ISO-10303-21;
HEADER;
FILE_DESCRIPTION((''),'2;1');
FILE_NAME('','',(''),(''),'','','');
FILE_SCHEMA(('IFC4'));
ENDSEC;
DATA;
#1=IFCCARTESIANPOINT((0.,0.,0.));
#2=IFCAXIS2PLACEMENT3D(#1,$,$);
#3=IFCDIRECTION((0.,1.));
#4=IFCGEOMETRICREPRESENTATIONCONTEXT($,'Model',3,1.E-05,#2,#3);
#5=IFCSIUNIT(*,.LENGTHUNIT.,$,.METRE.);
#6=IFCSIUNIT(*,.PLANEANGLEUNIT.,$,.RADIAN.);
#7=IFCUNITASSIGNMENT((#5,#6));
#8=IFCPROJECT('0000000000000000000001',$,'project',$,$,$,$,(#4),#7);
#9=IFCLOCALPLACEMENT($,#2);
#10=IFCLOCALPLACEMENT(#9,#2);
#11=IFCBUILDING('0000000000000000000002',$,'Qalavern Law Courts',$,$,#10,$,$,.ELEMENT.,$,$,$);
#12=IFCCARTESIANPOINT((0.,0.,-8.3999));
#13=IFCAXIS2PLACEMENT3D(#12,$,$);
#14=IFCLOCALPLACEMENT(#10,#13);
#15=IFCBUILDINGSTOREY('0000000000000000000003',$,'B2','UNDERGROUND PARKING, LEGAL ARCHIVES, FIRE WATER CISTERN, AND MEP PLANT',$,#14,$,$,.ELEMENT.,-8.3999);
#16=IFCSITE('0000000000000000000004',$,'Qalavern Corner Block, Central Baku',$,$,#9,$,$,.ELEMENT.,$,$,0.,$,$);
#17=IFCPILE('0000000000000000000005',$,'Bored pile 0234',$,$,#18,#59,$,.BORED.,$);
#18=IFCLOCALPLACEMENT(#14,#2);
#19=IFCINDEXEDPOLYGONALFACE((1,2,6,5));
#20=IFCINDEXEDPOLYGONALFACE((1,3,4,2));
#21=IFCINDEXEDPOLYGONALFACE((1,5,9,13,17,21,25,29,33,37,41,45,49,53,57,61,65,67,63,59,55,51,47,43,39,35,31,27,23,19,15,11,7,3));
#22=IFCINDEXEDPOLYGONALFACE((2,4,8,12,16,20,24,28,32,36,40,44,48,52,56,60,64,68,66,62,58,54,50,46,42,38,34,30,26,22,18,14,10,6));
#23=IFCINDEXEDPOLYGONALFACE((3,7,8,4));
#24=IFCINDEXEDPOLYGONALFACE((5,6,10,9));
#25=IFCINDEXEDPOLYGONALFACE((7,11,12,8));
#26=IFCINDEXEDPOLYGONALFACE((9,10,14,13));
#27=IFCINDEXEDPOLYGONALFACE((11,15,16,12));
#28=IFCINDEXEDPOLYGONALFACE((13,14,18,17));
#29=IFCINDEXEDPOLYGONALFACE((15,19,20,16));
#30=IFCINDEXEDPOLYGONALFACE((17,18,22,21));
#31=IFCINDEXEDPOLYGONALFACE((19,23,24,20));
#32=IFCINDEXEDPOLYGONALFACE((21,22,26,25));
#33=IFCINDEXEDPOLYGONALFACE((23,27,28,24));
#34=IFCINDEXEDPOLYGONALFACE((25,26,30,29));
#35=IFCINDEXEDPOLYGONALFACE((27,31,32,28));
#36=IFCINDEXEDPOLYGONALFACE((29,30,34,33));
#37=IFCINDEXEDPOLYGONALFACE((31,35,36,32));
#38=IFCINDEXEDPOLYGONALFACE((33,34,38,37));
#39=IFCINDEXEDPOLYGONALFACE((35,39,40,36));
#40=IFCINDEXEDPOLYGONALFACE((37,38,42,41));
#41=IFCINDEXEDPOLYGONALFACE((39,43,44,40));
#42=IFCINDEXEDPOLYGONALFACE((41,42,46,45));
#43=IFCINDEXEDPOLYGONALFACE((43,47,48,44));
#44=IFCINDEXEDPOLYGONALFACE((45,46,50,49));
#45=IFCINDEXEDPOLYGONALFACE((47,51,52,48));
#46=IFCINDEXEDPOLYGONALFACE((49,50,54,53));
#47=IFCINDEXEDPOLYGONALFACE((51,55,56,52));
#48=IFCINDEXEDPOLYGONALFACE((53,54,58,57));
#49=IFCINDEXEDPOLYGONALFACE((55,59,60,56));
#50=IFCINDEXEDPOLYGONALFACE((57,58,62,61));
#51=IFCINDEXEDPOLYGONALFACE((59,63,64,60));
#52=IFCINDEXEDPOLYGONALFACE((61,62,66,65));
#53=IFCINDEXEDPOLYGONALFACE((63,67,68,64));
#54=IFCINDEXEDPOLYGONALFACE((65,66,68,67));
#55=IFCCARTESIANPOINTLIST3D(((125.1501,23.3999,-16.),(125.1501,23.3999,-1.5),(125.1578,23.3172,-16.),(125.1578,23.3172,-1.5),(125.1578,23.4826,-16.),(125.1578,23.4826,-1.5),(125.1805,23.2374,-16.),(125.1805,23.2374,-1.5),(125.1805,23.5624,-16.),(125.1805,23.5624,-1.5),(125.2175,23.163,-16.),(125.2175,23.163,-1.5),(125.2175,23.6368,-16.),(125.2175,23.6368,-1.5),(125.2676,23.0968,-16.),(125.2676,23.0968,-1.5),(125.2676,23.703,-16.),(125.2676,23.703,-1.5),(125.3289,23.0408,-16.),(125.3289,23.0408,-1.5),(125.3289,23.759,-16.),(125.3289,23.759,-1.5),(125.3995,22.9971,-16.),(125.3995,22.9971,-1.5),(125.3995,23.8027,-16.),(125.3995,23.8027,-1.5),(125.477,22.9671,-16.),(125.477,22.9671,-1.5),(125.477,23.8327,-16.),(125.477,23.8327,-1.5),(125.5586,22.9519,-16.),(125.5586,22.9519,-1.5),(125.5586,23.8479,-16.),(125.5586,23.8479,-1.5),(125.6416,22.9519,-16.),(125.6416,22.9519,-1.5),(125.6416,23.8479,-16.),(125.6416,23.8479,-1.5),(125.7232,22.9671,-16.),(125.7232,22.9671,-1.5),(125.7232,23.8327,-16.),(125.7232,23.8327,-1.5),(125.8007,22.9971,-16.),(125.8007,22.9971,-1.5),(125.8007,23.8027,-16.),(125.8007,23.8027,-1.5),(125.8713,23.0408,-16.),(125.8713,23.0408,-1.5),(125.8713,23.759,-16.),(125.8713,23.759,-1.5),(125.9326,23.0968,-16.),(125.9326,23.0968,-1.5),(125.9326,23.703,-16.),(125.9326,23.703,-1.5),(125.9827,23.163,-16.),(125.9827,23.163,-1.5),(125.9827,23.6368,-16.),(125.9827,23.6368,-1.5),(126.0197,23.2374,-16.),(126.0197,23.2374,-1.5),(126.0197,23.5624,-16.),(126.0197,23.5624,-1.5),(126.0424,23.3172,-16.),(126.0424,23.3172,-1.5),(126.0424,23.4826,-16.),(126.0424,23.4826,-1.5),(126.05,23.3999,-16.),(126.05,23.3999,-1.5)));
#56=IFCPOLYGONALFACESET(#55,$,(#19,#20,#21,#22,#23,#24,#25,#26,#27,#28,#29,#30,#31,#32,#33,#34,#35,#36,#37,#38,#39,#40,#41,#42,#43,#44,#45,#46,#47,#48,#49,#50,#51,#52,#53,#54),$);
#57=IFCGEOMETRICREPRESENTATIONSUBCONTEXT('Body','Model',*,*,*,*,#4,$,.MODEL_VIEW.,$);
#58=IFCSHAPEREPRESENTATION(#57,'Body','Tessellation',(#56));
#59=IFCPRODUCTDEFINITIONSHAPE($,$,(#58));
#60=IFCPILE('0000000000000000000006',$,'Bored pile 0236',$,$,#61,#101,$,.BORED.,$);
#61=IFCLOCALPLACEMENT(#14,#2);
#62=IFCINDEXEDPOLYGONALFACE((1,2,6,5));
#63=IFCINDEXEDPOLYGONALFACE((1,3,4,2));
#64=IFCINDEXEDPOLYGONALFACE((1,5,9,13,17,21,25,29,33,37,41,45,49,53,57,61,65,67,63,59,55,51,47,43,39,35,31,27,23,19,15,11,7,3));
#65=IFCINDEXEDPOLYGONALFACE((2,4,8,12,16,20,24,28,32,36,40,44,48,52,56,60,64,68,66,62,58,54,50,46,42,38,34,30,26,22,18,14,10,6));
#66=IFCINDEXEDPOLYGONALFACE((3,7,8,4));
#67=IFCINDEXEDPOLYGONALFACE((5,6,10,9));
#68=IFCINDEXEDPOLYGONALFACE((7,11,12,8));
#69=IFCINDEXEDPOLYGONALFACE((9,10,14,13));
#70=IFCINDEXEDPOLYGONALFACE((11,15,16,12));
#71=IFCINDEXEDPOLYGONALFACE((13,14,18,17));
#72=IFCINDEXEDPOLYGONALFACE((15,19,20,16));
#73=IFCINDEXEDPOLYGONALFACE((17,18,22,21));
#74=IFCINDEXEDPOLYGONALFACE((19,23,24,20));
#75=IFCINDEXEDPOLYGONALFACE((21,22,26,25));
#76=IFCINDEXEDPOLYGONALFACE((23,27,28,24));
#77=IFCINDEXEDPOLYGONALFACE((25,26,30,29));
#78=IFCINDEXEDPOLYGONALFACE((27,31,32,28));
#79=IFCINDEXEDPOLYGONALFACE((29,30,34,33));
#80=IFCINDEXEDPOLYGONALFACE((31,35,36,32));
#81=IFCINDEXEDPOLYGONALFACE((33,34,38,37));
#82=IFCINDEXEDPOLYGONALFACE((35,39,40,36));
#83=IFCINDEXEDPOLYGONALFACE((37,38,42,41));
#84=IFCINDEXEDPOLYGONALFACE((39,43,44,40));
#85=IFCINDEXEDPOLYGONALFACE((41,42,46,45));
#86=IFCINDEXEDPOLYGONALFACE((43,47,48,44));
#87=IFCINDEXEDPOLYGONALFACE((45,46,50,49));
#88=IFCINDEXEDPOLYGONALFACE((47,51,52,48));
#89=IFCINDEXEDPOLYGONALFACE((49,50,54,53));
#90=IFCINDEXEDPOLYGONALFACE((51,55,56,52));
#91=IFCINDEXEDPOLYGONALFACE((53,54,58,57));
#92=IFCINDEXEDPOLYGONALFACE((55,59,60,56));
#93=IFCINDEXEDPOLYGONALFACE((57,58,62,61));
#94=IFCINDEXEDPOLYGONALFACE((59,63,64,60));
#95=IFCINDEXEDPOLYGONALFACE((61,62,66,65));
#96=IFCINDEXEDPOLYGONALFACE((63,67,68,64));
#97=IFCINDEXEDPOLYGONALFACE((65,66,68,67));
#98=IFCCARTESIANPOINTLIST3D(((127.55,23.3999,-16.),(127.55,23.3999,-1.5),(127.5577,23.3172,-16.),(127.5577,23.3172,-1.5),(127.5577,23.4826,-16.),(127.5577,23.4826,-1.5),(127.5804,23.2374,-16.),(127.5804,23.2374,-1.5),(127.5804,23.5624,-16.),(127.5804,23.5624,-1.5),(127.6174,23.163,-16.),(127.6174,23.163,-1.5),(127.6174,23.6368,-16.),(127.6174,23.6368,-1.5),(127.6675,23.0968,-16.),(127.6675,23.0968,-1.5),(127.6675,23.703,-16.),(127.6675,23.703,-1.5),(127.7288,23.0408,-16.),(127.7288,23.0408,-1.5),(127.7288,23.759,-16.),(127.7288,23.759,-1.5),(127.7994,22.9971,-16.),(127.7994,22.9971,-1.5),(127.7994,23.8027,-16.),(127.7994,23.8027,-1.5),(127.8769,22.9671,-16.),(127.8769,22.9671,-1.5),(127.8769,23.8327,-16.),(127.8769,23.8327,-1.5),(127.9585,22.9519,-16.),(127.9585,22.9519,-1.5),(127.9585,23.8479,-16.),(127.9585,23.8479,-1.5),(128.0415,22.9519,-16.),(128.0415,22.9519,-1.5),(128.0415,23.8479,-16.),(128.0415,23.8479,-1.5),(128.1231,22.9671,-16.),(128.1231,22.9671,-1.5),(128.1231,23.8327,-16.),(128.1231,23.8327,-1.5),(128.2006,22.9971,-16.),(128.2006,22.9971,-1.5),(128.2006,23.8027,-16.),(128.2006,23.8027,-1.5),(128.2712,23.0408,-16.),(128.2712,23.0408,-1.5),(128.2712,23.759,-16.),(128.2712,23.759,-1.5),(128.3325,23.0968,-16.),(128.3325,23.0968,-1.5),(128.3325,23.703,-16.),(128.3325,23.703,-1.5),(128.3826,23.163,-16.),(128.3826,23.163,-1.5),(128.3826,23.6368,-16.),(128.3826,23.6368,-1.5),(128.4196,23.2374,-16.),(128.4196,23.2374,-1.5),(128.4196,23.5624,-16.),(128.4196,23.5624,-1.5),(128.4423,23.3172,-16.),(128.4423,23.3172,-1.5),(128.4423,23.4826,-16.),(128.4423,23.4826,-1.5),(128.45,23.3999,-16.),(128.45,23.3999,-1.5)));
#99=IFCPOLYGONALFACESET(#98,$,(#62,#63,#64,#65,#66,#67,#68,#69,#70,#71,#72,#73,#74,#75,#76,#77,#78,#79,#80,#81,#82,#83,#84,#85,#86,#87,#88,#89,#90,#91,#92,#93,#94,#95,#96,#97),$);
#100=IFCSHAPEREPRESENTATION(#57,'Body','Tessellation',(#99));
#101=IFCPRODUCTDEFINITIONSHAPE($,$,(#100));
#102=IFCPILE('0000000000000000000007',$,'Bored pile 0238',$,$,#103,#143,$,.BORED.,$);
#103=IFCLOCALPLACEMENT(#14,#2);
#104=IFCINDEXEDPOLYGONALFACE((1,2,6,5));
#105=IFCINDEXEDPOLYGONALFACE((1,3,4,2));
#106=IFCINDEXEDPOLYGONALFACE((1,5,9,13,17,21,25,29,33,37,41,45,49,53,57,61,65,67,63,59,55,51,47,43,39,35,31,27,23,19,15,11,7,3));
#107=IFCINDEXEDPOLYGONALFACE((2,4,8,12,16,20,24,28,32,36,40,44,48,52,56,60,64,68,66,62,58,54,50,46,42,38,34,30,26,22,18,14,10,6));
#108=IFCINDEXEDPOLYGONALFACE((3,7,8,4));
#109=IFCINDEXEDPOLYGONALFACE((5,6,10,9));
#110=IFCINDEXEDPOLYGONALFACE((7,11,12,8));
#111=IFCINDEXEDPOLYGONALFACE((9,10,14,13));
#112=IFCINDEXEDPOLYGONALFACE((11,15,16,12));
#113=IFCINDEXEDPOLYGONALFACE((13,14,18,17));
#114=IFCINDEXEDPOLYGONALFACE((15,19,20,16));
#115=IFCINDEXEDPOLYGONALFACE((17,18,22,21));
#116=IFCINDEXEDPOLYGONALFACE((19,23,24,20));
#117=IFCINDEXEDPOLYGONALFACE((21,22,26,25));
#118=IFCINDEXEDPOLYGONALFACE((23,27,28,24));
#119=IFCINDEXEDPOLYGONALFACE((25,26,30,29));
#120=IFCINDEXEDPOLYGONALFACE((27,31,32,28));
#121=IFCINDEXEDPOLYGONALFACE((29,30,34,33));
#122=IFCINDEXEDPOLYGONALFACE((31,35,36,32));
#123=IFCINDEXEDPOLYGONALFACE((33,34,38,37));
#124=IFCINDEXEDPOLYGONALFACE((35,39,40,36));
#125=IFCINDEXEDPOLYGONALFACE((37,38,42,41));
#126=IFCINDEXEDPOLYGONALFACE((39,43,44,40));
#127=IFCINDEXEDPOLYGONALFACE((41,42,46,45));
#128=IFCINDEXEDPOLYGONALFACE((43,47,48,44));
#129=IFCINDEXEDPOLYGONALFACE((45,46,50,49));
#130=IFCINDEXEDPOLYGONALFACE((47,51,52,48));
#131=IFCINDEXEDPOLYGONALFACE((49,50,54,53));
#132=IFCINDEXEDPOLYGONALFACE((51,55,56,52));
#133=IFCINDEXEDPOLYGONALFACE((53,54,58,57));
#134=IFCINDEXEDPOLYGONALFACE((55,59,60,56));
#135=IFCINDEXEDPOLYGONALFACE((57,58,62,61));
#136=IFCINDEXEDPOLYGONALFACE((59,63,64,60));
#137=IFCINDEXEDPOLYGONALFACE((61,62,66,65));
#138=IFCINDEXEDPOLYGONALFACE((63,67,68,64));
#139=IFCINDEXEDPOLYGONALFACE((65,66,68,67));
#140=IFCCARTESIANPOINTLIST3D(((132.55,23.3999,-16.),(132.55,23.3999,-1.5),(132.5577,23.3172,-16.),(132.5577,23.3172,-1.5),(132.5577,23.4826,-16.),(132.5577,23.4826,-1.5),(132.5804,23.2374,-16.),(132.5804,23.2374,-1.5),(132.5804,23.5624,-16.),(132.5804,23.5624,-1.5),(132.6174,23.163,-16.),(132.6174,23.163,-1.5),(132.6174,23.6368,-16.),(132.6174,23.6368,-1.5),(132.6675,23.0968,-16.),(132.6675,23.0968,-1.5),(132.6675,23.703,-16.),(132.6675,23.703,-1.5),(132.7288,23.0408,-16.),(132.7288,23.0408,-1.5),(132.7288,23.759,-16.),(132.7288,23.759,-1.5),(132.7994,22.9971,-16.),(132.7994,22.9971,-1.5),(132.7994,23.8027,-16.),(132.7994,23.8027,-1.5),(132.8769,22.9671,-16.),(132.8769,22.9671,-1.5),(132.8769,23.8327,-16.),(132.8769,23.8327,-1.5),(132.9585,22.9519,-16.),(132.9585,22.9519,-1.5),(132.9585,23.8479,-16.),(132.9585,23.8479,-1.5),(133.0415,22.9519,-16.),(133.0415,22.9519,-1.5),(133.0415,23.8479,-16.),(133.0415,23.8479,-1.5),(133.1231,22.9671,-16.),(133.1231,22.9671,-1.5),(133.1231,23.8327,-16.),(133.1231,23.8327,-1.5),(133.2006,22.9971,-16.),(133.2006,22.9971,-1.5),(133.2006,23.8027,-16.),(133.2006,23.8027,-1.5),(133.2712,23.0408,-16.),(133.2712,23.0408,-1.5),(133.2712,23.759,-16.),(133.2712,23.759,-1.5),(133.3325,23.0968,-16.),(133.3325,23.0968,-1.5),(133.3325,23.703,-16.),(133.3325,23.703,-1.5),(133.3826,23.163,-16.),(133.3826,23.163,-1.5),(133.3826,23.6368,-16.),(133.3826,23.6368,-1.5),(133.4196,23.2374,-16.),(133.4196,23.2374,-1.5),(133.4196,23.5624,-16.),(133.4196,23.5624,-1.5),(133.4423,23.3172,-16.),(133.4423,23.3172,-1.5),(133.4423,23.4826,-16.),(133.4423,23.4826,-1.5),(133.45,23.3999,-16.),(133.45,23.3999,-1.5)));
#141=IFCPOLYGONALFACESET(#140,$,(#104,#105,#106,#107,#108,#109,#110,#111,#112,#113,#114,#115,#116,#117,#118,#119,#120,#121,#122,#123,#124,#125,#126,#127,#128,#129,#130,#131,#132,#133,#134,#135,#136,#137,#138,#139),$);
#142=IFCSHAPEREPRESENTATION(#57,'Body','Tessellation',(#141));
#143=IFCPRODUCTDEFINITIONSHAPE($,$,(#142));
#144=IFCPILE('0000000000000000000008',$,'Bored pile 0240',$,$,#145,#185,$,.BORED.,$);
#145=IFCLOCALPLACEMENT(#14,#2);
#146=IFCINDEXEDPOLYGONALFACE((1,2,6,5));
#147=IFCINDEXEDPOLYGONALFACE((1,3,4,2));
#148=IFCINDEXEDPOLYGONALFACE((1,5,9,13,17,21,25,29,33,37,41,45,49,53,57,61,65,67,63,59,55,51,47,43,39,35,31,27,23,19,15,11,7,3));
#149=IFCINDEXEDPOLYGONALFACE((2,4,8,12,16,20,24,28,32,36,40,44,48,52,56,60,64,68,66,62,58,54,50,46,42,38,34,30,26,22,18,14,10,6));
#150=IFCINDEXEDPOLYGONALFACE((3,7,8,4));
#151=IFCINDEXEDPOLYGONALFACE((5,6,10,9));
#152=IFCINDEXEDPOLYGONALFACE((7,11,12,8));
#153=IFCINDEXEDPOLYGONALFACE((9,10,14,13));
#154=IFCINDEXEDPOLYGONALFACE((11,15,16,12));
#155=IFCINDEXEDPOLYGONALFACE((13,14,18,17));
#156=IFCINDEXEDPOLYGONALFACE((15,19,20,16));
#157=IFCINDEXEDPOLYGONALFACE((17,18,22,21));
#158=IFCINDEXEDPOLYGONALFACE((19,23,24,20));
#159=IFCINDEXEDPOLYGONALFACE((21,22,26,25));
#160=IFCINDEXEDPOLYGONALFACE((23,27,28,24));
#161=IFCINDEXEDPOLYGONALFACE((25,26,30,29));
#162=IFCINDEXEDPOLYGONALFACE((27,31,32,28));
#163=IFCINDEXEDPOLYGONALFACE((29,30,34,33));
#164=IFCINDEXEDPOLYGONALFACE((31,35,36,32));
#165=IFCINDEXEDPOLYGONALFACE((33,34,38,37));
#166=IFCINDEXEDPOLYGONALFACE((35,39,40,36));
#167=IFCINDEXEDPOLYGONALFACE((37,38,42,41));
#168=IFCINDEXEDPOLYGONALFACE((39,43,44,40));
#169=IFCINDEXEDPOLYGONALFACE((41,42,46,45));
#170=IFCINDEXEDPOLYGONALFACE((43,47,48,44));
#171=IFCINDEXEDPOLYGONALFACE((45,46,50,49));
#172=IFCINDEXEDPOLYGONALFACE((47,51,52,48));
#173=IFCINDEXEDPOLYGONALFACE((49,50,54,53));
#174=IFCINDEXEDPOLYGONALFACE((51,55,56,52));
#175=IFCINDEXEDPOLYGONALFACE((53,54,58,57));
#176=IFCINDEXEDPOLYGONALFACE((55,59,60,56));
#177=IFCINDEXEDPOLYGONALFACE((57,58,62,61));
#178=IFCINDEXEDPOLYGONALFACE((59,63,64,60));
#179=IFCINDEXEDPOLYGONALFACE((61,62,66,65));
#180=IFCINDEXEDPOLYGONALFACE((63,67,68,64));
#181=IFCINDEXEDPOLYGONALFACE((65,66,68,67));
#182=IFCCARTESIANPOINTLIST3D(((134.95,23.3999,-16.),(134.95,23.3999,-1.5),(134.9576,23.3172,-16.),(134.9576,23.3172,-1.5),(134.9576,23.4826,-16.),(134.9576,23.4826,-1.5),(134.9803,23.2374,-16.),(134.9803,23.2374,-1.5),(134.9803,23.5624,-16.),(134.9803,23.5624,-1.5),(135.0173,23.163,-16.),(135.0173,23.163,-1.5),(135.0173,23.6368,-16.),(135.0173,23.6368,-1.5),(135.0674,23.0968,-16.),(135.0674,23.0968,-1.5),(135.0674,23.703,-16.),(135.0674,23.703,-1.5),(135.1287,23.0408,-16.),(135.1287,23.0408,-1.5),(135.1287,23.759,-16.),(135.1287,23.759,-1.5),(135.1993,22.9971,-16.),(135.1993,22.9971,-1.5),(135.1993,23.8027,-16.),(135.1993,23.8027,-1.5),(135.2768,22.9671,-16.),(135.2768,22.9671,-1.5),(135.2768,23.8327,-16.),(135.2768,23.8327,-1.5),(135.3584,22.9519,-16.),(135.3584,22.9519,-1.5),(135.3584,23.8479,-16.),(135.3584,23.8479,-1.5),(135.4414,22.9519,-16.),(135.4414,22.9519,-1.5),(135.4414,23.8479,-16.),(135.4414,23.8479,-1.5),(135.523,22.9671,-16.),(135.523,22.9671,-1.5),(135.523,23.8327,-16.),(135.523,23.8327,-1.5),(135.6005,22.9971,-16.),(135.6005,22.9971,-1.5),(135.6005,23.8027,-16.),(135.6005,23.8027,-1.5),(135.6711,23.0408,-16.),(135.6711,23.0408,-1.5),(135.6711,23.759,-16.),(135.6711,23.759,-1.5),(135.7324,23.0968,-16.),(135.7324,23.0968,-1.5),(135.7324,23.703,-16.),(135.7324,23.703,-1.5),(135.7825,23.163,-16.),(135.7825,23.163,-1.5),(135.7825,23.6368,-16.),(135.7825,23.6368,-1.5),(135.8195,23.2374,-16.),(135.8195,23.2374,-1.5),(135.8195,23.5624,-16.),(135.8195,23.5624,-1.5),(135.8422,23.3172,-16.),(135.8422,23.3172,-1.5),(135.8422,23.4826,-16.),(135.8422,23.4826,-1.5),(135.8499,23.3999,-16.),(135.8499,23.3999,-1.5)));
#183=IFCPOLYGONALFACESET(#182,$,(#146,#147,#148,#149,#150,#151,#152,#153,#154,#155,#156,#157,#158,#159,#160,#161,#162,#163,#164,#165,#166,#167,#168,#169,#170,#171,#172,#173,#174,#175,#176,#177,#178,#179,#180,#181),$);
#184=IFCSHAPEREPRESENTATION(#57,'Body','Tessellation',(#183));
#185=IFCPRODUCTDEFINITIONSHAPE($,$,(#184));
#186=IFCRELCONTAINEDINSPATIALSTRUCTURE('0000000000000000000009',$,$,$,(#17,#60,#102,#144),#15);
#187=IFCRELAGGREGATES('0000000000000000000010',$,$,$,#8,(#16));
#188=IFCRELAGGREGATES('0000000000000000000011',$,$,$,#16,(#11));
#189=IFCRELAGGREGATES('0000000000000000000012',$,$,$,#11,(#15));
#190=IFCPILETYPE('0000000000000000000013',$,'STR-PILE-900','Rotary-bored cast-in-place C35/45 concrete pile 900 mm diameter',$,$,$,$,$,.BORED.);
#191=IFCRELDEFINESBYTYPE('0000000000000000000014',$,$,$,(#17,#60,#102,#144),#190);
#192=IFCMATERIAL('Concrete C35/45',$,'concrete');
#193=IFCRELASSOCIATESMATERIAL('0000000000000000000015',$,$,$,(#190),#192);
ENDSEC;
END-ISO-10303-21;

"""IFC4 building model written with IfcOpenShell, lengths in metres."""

from ifc_helpers import new_model, si_unit, direction, frame, origin, origin_2d, place, context, subcontext, project, spatial, circle, extrude, material, material_profile, profile_set, type_object, element, save


model = new_model("IFC4")

# Units and contexts
model_context = context("Model", 3, precision=1e-05, world=origin(), true_north=direction((0.0, 1.0)))
body_context = subcontext(model_context, "Body", "Model", "MODEL_VIEW")
ifc_project = project(units=[si_unit("LENGTHUNIT", "METRE"), si_unit("PLANEANGLEUNIT", "RADIAN")], contexts=[model_context])

# Site, building, storey
site_placement = place(None, origin())
site = spatial("IfcSite", under=ifc_project, at=site_placement, Name="Qalavern Corner Block, Central Baku", CompositionType="ELEMENT", RefElevation=0.0)
building_placement = place(site_placement, origin())
building = spatial("IfcBuilding", under=site, at=building_placement, Name="Qalavern Law Courts", CompositionType="ELEMENT")
storey_placement = place(building_placement, frame((0.0, 0.0, -8.3999)))
storey = spatial("IfcBuildingStorey", under=building, at=storey_placement, Name="B2", Description="UNDERGROUND PARKING, LEGAL ARCHIVES, FIRE WATER CISTERN, AND MEP PLANT", CompositionType="ELEMENT", Elevation=-8.3999)

# Shared definitions
ifc_material_1 = material(Name="Concrete C35/45", Category="concrete")

# Piles
ifc_material_profile_1 = material_profile(ifc_material_1, circle(Radius=0.45, at=origin_2d()), Name="BORED PILE 900")
ifc_profile_set_1 = profile_set([ifc_material_profile_1], Name="Concrete C35/45")
pile_type_1 = type_object("IfcPileType", Name="STR-PILE-900", Description="Rotary-bored cast-in-place C35/45 concrete pile 900 mm diameter", PredefinedType="BORED", material=ifc_profile_set_1)
for number, where, z_axis, x_axis, name in (
    (1, (125.6001, 23.3999, -1.5), (0.0, 0.0, -1.0), (1.0, 0.0, 0.0), "Bored pile 0234"),
    (2, (128.0, 23.3999, -1.5), (0.0, 0.0, -1.0), (1.0, 0.0, 0.0), "Bored pile 0236"),
    (3, (133.0, 23.3999, -1.5), (0.0, 0.0, -1.0), (1.0, 0.0, 0.0), "Bored pile 0238"),
    (4, (135.3999, 23.3999, -1.5), (0.0, 0.0, -1.0), (1.0, 0.0, 0.0), "Bored pile 0240"),
):
    element("IfcPile", number, at=place(storey_placement, frame(where, z_axis=z_axis, x_axis=x_axis)), inside=storey, type_object=pile_type_1, Name=name, PredefinedType="BORED", context=body_context, shape_type="SweptSolid", body=[
        extrude(circle(Radius=0.45, at=origin_2d()), origin(), (0.0, 0.0, 1.0), 14.5),
    ])

save(model, "model.ifc")
